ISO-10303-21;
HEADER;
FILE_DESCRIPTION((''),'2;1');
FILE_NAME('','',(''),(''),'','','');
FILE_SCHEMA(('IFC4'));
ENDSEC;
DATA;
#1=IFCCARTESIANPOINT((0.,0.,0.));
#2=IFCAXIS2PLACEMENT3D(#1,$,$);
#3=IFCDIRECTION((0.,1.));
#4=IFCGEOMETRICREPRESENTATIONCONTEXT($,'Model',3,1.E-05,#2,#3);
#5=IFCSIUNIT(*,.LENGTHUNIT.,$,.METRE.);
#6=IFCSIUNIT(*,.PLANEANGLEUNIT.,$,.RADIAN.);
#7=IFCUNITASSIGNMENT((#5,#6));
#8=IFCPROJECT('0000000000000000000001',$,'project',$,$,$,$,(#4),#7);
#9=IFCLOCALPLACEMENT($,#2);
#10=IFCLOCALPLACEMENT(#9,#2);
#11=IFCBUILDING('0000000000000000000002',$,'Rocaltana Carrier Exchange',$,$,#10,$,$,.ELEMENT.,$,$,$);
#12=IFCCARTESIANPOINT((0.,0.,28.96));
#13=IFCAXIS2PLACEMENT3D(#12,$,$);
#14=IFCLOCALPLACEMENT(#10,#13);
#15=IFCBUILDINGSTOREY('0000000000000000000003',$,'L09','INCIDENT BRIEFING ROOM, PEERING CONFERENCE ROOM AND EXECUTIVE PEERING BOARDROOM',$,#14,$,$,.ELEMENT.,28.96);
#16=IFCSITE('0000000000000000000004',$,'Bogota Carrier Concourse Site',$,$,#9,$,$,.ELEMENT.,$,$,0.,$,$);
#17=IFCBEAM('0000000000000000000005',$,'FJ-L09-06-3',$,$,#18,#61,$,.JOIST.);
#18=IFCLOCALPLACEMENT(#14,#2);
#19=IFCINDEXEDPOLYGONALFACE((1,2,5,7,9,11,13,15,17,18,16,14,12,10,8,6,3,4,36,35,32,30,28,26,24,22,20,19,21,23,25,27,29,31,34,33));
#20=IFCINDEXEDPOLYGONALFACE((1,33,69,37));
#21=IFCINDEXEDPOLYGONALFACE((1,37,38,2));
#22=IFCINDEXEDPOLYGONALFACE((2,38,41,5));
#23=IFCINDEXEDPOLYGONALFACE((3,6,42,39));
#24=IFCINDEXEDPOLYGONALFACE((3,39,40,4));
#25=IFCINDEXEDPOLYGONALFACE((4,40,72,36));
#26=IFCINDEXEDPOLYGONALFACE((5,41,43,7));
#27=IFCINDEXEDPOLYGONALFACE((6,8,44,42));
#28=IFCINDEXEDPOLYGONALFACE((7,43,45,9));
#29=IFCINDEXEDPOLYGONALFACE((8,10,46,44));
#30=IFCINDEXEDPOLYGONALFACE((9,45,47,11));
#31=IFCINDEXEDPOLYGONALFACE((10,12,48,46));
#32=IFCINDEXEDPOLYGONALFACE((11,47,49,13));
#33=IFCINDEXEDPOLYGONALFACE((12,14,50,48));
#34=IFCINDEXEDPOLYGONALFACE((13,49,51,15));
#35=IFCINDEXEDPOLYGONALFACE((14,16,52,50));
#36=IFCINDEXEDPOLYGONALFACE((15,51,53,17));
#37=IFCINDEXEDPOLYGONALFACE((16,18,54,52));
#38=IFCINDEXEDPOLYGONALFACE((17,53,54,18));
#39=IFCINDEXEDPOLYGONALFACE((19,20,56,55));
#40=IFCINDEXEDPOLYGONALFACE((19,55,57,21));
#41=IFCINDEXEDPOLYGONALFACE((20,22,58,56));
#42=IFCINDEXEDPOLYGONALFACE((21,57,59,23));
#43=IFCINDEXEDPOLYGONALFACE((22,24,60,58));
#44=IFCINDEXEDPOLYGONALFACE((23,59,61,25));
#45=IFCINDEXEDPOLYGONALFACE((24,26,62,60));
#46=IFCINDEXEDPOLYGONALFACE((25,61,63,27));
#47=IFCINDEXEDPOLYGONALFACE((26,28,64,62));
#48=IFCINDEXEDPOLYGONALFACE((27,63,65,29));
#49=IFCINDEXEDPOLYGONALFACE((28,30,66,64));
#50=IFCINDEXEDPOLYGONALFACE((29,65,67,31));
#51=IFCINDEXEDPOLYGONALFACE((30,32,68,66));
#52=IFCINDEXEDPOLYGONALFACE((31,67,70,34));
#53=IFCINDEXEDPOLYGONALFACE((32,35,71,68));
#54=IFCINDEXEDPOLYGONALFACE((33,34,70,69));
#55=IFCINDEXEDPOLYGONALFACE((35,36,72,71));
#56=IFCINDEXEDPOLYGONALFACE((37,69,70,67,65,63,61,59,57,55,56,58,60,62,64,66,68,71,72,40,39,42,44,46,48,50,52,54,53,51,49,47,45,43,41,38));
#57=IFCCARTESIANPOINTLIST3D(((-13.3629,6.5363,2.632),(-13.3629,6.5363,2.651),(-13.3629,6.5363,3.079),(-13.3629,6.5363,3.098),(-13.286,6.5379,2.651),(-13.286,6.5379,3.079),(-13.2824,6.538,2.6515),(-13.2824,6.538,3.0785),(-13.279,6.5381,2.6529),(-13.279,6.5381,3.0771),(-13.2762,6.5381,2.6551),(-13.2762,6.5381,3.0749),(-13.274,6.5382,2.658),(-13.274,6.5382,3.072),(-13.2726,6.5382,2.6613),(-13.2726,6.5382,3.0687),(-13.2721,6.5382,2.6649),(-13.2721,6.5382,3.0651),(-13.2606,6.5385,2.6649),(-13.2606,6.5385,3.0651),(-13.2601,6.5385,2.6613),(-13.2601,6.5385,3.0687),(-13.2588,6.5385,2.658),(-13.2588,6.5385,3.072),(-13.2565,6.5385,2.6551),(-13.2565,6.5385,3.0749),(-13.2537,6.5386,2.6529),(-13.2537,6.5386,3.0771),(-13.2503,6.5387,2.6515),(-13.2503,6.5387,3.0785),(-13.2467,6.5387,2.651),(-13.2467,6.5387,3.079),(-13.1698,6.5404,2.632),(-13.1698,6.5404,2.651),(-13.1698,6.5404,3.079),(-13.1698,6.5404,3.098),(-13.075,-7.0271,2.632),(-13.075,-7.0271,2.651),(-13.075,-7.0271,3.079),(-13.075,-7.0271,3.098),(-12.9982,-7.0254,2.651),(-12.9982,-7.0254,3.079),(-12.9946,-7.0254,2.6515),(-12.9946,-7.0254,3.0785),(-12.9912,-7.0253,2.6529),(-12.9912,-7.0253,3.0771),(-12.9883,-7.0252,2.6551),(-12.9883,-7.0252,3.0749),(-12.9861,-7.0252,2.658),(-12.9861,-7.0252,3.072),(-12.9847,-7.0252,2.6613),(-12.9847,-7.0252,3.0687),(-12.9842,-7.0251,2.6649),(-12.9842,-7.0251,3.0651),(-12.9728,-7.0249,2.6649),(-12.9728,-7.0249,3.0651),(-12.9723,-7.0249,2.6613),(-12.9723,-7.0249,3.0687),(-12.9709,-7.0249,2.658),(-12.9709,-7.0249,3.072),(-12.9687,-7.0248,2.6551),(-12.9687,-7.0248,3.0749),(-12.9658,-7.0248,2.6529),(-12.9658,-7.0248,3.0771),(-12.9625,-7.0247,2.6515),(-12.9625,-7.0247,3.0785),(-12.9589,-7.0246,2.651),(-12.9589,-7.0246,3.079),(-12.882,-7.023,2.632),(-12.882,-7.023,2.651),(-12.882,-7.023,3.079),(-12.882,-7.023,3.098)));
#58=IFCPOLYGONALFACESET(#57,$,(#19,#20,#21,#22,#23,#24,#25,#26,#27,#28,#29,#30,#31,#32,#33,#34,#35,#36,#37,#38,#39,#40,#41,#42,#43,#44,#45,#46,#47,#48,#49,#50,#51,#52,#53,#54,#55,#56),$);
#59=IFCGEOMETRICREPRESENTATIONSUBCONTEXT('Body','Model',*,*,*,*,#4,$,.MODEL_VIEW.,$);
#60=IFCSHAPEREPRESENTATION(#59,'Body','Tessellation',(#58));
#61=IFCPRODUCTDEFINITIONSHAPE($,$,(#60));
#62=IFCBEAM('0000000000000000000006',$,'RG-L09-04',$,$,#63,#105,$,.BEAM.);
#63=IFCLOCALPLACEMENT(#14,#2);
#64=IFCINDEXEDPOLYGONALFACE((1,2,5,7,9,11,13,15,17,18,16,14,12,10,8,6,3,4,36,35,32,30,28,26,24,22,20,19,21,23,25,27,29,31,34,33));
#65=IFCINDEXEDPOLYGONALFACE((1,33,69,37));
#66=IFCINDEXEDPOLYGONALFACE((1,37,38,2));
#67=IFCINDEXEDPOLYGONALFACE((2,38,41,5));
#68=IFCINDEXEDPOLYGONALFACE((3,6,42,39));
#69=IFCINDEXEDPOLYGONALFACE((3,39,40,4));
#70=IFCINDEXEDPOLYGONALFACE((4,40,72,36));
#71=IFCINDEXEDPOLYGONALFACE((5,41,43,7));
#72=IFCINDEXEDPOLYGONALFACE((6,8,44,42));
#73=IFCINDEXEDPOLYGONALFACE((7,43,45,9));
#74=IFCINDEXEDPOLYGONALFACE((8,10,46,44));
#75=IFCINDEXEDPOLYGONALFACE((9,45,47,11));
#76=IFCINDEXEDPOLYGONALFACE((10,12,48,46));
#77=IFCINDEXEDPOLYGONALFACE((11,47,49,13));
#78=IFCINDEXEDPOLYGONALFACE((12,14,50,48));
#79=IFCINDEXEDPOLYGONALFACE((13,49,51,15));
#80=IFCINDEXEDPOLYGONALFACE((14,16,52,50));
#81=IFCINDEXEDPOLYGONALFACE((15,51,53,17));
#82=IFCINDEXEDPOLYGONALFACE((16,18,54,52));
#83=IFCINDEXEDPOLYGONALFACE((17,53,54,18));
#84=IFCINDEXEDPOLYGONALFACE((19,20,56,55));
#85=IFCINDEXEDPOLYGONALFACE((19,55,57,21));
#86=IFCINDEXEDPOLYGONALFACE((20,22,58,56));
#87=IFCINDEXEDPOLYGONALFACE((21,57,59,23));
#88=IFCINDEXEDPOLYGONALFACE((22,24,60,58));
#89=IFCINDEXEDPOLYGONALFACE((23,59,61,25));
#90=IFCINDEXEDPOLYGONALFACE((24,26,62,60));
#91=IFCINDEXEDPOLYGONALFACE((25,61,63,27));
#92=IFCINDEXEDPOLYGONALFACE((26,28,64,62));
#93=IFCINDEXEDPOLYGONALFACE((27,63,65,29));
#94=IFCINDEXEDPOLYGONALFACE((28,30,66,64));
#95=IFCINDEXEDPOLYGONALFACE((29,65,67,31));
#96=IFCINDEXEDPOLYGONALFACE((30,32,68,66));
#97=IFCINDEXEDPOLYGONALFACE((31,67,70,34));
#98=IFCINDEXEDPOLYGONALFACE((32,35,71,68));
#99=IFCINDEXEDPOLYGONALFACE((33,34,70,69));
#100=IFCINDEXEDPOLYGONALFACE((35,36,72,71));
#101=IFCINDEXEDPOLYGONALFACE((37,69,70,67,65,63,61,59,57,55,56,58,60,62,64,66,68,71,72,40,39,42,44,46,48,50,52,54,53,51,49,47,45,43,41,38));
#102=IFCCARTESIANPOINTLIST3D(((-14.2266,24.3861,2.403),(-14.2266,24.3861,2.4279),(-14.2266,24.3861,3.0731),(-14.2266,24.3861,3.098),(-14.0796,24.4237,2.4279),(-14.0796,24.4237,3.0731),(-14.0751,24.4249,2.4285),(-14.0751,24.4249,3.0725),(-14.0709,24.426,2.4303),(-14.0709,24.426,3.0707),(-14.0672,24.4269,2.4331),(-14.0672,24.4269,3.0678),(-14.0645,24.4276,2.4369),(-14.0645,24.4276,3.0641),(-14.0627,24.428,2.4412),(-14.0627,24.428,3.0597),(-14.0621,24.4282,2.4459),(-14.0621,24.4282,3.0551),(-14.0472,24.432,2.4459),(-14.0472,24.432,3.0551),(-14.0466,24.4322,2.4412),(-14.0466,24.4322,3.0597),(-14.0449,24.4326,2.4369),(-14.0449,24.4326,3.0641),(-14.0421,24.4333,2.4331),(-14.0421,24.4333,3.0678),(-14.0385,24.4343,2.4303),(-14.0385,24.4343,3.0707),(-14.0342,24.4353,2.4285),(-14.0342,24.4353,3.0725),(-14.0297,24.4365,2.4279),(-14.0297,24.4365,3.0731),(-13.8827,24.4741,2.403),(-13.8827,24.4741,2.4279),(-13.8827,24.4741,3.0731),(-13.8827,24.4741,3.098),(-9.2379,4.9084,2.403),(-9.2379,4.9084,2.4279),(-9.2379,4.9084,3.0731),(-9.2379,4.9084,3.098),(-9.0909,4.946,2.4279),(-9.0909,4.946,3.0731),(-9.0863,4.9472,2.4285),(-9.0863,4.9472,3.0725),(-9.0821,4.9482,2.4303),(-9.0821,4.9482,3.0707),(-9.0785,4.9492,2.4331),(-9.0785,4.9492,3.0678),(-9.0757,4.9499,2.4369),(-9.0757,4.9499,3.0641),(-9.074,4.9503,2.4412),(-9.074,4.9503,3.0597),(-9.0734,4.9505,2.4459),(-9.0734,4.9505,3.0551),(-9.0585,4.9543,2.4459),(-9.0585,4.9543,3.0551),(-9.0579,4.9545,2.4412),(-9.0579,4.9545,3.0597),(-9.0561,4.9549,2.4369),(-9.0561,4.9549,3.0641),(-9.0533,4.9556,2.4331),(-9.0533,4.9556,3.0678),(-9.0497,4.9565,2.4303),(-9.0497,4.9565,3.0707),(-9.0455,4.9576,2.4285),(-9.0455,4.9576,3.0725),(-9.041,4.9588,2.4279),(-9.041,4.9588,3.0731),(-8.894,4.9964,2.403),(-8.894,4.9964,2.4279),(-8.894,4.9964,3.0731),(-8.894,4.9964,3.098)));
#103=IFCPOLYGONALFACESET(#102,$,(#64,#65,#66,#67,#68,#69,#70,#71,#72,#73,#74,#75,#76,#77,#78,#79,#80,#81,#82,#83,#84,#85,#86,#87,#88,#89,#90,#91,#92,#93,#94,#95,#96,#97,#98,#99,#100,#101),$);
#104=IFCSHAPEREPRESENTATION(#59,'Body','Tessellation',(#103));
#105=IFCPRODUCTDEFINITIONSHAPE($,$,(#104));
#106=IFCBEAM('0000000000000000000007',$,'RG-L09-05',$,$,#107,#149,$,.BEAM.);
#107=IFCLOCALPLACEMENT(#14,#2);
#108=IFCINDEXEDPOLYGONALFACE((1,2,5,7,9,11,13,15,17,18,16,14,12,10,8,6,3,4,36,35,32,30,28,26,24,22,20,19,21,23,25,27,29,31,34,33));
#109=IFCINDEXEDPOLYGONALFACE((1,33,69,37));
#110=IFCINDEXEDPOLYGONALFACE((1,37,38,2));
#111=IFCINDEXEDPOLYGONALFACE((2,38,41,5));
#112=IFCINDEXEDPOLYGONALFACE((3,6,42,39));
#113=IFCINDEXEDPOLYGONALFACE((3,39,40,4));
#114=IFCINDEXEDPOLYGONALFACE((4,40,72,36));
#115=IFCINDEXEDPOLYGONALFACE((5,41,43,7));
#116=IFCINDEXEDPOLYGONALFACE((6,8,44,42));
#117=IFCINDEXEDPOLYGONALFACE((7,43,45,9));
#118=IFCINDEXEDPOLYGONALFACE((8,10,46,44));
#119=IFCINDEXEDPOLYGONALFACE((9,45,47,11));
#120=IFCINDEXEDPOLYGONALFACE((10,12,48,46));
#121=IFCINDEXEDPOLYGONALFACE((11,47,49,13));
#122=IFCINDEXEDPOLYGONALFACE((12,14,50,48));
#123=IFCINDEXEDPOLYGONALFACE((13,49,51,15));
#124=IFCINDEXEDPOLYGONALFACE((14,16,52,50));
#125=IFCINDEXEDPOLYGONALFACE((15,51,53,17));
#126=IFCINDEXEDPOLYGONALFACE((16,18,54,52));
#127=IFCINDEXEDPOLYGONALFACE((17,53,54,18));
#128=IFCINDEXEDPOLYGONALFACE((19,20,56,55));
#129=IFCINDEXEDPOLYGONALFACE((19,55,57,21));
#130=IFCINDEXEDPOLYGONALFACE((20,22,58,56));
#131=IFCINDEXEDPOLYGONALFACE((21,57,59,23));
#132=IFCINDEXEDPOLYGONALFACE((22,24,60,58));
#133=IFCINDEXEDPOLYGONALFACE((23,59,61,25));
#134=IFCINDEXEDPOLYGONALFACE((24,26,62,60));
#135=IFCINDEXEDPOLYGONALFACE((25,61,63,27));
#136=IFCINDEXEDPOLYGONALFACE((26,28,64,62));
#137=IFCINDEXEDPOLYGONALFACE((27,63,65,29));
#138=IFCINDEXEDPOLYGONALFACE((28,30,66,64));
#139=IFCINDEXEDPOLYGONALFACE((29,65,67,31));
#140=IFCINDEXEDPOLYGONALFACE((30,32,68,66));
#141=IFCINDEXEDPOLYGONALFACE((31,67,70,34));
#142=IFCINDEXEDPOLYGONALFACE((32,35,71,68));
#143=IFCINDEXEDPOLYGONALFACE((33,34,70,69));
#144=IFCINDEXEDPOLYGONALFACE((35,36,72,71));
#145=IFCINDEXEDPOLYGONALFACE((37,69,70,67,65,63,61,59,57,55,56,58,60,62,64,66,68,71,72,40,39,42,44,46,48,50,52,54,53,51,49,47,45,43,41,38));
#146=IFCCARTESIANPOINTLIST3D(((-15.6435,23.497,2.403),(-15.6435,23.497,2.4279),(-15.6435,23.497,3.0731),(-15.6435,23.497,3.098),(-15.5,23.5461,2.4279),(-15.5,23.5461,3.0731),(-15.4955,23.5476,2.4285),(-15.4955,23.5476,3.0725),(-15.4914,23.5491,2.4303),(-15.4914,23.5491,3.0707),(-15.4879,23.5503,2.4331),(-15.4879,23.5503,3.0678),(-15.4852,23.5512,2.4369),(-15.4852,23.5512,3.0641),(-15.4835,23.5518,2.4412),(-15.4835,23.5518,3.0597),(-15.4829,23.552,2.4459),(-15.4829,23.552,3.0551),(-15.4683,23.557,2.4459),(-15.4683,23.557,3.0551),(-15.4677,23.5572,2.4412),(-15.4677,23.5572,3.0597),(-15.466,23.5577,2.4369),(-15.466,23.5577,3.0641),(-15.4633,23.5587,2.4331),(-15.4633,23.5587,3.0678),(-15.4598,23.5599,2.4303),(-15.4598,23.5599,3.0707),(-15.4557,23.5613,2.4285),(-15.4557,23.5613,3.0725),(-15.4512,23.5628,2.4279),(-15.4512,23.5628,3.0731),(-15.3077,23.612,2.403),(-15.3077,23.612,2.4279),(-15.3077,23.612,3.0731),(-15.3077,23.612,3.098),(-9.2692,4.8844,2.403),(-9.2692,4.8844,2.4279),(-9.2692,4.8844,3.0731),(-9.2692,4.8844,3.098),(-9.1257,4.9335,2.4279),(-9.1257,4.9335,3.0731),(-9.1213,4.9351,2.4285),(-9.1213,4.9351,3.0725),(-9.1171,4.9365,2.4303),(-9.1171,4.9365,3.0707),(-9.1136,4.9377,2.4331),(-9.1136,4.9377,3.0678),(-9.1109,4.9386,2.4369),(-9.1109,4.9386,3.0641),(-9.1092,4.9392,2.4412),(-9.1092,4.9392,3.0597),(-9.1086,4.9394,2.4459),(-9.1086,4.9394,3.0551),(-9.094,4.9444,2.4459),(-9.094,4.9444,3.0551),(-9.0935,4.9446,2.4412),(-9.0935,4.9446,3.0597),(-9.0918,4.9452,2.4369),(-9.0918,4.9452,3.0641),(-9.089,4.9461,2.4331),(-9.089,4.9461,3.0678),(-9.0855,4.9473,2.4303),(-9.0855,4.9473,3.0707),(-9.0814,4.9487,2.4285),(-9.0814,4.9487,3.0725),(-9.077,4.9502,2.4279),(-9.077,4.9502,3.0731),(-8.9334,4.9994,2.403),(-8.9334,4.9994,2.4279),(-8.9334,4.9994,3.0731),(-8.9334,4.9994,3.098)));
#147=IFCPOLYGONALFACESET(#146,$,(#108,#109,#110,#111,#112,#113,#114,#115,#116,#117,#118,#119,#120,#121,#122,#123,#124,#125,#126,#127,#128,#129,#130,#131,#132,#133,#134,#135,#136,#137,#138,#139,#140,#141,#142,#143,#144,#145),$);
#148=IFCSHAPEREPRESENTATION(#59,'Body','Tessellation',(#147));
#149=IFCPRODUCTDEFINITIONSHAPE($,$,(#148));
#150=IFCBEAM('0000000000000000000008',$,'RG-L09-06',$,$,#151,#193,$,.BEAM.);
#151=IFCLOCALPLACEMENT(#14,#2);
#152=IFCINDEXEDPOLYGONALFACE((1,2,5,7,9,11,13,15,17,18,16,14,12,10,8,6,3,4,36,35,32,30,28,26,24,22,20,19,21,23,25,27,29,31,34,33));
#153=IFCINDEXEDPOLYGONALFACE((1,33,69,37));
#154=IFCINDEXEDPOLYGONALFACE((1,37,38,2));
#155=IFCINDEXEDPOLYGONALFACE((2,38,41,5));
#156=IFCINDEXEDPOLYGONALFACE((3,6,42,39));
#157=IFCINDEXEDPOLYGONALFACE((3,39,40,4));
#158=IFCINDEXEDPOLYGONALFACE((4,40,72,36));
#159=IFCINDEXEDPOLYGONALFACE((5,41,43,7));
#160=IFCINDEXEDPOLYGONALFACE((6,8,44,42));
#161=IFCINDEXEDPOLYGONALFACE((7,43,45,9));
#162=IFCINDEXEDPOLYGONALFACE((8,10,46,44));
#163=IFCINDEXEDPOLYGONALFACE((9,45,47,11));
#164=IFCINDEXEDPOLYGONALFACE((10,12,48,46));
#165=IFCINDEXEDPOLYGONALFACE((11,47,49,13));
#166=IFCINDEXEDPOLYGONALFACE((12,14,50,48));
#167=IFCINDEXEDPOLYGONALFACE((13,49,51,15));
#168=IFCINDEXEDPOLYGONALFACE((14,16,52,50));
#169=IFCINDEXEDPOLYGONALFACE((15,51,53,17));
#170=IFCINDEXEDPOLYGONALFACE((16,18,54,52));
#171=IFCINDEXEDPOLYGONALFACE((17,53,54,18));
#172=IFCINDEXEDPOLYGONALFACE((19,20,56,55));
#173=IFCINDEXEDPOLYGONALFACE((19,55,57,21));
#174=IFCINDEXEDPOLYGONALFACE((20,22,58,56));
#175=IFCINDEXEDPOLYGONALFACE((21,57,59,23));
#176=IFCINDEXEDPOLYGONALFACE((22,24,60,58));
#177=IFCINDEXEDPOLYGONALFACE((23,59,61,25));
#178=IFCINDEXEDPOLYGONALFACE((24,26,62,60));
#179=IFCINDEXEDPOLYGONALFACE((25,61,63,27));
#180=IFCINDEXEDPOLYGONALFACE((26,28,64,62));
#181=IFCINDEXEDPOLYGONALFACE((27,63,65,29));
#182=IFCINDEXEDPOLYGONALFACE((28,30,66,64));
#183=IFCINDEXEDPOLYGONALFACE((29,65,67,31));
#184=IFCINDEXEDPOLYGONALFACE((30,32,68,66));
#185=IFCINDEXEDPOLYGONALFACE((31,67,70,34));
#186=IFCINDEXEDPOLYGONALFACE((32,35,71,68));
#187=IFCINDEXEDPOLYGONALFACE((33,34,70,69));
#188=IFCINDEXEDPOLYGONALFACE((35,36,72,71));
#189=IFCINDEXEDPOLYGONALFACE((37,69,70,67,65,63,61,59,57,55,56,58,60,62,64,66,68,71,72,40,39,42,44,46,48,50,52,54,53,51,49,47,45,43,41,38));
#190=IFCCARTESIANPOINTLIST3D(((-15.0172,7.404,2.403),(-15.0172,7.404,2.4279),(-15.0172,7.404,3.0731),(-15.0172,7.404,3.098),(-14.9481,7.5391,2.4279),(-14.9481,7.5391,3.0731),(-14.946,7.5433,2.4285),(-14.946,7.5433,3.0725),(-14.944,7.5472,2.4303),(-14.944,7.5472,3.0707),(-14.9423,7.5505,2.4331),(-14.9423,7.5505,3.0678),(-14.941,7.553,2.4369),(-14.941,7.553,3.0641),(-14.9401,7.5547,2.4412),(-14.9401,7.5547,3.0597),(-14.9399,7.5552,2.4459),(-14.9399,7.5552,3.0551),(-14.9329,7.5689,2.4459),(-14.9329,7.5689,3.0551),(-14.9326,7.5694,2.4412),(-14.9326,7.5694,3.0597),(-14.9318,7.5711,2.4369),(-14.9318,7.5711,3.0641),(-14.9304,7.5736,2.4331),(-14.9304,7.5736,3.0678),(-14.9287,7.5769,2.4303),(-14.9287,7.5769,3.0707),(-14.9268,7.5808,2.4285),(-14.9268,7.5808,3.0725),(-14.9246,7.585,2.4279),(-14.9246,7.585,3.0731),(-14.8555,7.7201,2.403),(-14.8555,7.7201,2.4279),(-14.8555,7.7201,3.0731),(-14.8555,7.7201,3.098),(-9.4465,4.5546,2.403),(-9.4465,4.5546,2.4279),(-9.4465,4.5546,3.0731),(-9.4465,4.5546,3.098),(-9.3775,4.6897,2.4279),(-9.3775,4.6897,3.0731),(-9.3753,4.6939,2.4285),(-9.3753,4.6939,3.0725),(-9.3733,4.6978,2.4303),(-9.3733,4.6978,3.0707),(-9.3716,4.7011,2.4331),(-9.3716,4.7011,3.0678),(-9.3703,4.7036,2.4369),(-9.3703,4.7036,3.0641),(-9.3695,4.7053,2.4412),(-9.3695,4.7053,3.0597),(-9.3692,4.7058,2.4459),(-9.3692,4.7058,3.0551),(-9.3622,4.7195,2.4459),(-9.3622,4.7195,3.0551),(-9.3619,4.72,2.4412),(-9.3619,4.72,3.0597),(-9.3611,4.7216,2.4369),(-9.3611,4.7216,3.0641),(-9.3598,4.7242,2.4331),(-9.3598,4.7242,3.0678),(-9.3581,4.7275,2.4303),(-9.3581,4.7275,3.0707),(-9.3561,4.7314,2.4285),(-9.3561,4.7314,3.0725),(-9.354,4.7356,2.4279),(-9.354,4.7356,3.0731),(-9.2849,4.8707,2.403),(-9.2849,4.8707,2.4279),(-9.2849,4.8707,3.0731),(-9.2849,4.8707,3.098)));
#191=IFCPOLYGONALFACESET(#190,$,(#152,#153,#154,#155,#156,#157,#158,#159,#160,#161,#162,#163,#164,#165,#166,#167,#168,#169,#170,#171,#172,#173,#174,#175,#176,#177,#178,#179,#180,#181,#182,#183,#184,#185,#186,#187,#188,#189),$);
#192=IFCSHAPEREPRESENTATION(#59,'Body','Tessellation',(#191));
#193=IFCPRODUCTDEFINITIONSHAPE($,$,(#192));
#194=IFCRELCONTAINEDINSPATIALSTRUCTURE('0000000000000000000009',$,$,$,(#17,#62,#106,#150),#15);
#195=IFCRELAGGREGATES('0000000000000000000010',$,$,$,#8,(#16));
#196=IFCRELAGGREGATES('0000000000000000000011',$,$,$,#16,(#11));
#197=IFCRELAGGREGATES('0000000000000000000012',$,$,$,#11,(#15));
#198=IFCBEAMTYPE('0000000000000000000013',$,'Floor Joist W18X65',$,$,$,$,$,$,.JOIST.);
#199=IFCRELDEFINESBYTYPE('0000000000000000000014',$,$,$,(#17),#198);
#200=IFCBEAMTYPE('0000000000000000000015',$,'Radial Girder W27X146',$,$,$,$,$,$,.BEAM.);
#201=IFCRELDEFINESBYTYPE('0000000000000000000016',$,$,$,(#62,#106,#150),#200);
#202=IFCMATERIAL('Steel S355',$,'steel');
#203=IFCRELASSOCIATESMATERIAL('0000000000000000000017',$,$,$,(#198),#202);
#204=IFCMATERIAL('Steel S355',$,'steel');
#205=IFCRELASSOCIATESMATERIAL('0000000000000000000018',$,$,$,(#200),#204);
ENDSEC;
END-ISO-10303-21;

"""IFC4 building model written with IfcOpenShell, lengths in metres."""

from ifc_helpers import new_model, si_unit, direction, frame, origin, origin_2d, place, context, subcontext, project, spatial, i_section, extrude, material, material_profile, profile_set, type_object, element, save


model = new_model("IFC4")

# Units and contexts
model_context = context("Model", 3, precision=1e-05, world=origin(), true_north=direction((0.0, 1.0)))
body_context = subcontext(model_context, "Body", "Model", "MODEL_VIEW")
ifc_project = project(units=[si_unit("LENGTHUNIT", "METRE"), si_unit("PLANEANGLEUNIT", "RADIAN")], contexts=[model_context])

# Site, building, storey
site_placement = place(None, origin())
site = spatial("IfcSite", under=ifc_project, at=site_placement, Name="Bogota Carrier Concourse Site", CompositionType="ELEMENT", RefElevation=0.0)
building_placement = place(site_placement, origin())
building = spatial("IfcBuilding", under=site, at=building_placement, Name="Rocaltana Carrier Exchange", CompositionType="ELEMENT")
storey_placement = place(building_placement, frame((0.0, 0.0, 28.96)))
storey = spatial("IfcBuildingStorey", under=building, at=storey_placement, Name="L09", Description="INCIDENT BRIEFING ROOM, PEERING CONFERENCE ROOM AND EXECUTIVE PEERING BOARDROOM", CompositionType="ELEMENT", Elevation=28.96)

# Beams
ifc_material_1 = material(Name="Steel S355", Category="steel")
ifc_material_profile_1 = material_profile(ifc_material_1, i_section(OverallWidth=0.1931, OverallDepth=0.4661, WebThickness=0.0115, FlangeThickness=0.019, FilletRadius=0.0139, at=origin_2d()), Name="W18X65")
ifc_profile_set_1 = profile_set([ifc_material_profile_1], Name="Steel S355")
beam_type_1 = type_object("IfcBeamType", Name="Floor Joist W18X65", PredefinedType="JOIST", material=ifc_profile_set_1)
beam_1_placement = place(storey_placement, frame((-13.2664, 6.5383, 2.865), z_axis=(0.021217, -0.999775, 0.0), x_axis=(0.999775, 0.021217, 0.0)))
element("IfcBeam", 1, at=beam_1_placement, inside=storey, type_object=beam_type_1, Name="FJ-L09-06-3", PredefinedType="JOIST", context=body_context, shape_type="SweptSolid", body=[
    extrude(i_section(OverallWidth=0.1931, OverallDepth=0.4661, WebThickness=0.0115, FlangeThickness=0.019, FilletRadius=0.0139, at=origin_2d()), origin(), (0.0, 0.0, 1.0), 13.5664),
])
ifc_material_2 = material(Name="Steel S355", Category="steel")
ifc_material_profile_2 = material_profile(ifc_material_2, i_section(OverallWidth=0.355, OverallDepth=0.6951, WebThickness=0.0154, FlangeThickness=0.0249, FilletRadius=0.0181, at=origin_2d()), Name="W27X146")
ifc_profile_set_2 = profile_set([ifc_material_profile_2], Name="Steel S355")
beam_type_2 = type_object("IfcBeamType", Name="Radial Girder W27X146", PredefinedType="BEAM", material=ifc_profile_set_2)
beam_2_placement = place(storey_placement, frame((-9.0659, 4.9524, 2.7505), z_axis=(-0.248117, 0.96873, 0.0), x_axis=(-0.96873, -0.248117, 0.0)))
element("IfcBeam", 2, at=beam_2_placement, inside=storey, type_object=beam_type_2, Name="RG-L09-04", PredefinedType="BEAM", context=body_context, shape_type="SweptSolid", body=[
    extrude(i_section(OverallWidth=0.355, OverallDepth=0.6951, WebThickness=0.0154, FlangeThickness=0.0249, FilletRadius=0.0181, at=origin_2d()), origin(), (0.0, 0.0, 1.0), 20.1064),
])
beam_3_placement = place(storey_placement, frame((-9.1013, 4.9419, 2.7505), z_axis=(-0.323998, 0.946058, 0.0), x_axis=(-0.946058, -0.323998, 0.0)))
element("IfcBeam", 3, at=beam_3_placement, inside=storey, type_object=beam_type_2, Name="RG-L09-05", PredefinedType="BEAM", context=body_context, shape_type="SweptSolid", body=[
    extrude(i_section(OverallWidth=0.355, OverallDepth=0.6951, WebThickness=0.0154, FlangeThickness=0.0249, FilletRadius=0.0181, at=origin_2d()), origin(), (0.0, 0.0, 1.0), 19.6738),
])
beam_4_placement = place(storey_placement, frame((-9.3657, 4.7126, 2.7505), z_axis=(-0.890293, 0.455389, 0.0), x_axis=(-0.455389, -0.890293, 0.0)))
element("IfcBeam", 4, at=beam_4_placement, inside=storey, type_object=beam_type_2, Name="RG-L09-06", PredefinedType="BEAM", context=body_context, shape_type="SweptSolid", body=[
    extrude(i_section(OverallWidth=0.355, OverallDepth=0.6951, WebThickness=0.0154, FlangeThickness=0.0249, FilletRadius=0.0181, at=origin_2d()), origin(), (0.0, 0.0, 1.0), 6.2571),
])

save(model, "model.ifc")
